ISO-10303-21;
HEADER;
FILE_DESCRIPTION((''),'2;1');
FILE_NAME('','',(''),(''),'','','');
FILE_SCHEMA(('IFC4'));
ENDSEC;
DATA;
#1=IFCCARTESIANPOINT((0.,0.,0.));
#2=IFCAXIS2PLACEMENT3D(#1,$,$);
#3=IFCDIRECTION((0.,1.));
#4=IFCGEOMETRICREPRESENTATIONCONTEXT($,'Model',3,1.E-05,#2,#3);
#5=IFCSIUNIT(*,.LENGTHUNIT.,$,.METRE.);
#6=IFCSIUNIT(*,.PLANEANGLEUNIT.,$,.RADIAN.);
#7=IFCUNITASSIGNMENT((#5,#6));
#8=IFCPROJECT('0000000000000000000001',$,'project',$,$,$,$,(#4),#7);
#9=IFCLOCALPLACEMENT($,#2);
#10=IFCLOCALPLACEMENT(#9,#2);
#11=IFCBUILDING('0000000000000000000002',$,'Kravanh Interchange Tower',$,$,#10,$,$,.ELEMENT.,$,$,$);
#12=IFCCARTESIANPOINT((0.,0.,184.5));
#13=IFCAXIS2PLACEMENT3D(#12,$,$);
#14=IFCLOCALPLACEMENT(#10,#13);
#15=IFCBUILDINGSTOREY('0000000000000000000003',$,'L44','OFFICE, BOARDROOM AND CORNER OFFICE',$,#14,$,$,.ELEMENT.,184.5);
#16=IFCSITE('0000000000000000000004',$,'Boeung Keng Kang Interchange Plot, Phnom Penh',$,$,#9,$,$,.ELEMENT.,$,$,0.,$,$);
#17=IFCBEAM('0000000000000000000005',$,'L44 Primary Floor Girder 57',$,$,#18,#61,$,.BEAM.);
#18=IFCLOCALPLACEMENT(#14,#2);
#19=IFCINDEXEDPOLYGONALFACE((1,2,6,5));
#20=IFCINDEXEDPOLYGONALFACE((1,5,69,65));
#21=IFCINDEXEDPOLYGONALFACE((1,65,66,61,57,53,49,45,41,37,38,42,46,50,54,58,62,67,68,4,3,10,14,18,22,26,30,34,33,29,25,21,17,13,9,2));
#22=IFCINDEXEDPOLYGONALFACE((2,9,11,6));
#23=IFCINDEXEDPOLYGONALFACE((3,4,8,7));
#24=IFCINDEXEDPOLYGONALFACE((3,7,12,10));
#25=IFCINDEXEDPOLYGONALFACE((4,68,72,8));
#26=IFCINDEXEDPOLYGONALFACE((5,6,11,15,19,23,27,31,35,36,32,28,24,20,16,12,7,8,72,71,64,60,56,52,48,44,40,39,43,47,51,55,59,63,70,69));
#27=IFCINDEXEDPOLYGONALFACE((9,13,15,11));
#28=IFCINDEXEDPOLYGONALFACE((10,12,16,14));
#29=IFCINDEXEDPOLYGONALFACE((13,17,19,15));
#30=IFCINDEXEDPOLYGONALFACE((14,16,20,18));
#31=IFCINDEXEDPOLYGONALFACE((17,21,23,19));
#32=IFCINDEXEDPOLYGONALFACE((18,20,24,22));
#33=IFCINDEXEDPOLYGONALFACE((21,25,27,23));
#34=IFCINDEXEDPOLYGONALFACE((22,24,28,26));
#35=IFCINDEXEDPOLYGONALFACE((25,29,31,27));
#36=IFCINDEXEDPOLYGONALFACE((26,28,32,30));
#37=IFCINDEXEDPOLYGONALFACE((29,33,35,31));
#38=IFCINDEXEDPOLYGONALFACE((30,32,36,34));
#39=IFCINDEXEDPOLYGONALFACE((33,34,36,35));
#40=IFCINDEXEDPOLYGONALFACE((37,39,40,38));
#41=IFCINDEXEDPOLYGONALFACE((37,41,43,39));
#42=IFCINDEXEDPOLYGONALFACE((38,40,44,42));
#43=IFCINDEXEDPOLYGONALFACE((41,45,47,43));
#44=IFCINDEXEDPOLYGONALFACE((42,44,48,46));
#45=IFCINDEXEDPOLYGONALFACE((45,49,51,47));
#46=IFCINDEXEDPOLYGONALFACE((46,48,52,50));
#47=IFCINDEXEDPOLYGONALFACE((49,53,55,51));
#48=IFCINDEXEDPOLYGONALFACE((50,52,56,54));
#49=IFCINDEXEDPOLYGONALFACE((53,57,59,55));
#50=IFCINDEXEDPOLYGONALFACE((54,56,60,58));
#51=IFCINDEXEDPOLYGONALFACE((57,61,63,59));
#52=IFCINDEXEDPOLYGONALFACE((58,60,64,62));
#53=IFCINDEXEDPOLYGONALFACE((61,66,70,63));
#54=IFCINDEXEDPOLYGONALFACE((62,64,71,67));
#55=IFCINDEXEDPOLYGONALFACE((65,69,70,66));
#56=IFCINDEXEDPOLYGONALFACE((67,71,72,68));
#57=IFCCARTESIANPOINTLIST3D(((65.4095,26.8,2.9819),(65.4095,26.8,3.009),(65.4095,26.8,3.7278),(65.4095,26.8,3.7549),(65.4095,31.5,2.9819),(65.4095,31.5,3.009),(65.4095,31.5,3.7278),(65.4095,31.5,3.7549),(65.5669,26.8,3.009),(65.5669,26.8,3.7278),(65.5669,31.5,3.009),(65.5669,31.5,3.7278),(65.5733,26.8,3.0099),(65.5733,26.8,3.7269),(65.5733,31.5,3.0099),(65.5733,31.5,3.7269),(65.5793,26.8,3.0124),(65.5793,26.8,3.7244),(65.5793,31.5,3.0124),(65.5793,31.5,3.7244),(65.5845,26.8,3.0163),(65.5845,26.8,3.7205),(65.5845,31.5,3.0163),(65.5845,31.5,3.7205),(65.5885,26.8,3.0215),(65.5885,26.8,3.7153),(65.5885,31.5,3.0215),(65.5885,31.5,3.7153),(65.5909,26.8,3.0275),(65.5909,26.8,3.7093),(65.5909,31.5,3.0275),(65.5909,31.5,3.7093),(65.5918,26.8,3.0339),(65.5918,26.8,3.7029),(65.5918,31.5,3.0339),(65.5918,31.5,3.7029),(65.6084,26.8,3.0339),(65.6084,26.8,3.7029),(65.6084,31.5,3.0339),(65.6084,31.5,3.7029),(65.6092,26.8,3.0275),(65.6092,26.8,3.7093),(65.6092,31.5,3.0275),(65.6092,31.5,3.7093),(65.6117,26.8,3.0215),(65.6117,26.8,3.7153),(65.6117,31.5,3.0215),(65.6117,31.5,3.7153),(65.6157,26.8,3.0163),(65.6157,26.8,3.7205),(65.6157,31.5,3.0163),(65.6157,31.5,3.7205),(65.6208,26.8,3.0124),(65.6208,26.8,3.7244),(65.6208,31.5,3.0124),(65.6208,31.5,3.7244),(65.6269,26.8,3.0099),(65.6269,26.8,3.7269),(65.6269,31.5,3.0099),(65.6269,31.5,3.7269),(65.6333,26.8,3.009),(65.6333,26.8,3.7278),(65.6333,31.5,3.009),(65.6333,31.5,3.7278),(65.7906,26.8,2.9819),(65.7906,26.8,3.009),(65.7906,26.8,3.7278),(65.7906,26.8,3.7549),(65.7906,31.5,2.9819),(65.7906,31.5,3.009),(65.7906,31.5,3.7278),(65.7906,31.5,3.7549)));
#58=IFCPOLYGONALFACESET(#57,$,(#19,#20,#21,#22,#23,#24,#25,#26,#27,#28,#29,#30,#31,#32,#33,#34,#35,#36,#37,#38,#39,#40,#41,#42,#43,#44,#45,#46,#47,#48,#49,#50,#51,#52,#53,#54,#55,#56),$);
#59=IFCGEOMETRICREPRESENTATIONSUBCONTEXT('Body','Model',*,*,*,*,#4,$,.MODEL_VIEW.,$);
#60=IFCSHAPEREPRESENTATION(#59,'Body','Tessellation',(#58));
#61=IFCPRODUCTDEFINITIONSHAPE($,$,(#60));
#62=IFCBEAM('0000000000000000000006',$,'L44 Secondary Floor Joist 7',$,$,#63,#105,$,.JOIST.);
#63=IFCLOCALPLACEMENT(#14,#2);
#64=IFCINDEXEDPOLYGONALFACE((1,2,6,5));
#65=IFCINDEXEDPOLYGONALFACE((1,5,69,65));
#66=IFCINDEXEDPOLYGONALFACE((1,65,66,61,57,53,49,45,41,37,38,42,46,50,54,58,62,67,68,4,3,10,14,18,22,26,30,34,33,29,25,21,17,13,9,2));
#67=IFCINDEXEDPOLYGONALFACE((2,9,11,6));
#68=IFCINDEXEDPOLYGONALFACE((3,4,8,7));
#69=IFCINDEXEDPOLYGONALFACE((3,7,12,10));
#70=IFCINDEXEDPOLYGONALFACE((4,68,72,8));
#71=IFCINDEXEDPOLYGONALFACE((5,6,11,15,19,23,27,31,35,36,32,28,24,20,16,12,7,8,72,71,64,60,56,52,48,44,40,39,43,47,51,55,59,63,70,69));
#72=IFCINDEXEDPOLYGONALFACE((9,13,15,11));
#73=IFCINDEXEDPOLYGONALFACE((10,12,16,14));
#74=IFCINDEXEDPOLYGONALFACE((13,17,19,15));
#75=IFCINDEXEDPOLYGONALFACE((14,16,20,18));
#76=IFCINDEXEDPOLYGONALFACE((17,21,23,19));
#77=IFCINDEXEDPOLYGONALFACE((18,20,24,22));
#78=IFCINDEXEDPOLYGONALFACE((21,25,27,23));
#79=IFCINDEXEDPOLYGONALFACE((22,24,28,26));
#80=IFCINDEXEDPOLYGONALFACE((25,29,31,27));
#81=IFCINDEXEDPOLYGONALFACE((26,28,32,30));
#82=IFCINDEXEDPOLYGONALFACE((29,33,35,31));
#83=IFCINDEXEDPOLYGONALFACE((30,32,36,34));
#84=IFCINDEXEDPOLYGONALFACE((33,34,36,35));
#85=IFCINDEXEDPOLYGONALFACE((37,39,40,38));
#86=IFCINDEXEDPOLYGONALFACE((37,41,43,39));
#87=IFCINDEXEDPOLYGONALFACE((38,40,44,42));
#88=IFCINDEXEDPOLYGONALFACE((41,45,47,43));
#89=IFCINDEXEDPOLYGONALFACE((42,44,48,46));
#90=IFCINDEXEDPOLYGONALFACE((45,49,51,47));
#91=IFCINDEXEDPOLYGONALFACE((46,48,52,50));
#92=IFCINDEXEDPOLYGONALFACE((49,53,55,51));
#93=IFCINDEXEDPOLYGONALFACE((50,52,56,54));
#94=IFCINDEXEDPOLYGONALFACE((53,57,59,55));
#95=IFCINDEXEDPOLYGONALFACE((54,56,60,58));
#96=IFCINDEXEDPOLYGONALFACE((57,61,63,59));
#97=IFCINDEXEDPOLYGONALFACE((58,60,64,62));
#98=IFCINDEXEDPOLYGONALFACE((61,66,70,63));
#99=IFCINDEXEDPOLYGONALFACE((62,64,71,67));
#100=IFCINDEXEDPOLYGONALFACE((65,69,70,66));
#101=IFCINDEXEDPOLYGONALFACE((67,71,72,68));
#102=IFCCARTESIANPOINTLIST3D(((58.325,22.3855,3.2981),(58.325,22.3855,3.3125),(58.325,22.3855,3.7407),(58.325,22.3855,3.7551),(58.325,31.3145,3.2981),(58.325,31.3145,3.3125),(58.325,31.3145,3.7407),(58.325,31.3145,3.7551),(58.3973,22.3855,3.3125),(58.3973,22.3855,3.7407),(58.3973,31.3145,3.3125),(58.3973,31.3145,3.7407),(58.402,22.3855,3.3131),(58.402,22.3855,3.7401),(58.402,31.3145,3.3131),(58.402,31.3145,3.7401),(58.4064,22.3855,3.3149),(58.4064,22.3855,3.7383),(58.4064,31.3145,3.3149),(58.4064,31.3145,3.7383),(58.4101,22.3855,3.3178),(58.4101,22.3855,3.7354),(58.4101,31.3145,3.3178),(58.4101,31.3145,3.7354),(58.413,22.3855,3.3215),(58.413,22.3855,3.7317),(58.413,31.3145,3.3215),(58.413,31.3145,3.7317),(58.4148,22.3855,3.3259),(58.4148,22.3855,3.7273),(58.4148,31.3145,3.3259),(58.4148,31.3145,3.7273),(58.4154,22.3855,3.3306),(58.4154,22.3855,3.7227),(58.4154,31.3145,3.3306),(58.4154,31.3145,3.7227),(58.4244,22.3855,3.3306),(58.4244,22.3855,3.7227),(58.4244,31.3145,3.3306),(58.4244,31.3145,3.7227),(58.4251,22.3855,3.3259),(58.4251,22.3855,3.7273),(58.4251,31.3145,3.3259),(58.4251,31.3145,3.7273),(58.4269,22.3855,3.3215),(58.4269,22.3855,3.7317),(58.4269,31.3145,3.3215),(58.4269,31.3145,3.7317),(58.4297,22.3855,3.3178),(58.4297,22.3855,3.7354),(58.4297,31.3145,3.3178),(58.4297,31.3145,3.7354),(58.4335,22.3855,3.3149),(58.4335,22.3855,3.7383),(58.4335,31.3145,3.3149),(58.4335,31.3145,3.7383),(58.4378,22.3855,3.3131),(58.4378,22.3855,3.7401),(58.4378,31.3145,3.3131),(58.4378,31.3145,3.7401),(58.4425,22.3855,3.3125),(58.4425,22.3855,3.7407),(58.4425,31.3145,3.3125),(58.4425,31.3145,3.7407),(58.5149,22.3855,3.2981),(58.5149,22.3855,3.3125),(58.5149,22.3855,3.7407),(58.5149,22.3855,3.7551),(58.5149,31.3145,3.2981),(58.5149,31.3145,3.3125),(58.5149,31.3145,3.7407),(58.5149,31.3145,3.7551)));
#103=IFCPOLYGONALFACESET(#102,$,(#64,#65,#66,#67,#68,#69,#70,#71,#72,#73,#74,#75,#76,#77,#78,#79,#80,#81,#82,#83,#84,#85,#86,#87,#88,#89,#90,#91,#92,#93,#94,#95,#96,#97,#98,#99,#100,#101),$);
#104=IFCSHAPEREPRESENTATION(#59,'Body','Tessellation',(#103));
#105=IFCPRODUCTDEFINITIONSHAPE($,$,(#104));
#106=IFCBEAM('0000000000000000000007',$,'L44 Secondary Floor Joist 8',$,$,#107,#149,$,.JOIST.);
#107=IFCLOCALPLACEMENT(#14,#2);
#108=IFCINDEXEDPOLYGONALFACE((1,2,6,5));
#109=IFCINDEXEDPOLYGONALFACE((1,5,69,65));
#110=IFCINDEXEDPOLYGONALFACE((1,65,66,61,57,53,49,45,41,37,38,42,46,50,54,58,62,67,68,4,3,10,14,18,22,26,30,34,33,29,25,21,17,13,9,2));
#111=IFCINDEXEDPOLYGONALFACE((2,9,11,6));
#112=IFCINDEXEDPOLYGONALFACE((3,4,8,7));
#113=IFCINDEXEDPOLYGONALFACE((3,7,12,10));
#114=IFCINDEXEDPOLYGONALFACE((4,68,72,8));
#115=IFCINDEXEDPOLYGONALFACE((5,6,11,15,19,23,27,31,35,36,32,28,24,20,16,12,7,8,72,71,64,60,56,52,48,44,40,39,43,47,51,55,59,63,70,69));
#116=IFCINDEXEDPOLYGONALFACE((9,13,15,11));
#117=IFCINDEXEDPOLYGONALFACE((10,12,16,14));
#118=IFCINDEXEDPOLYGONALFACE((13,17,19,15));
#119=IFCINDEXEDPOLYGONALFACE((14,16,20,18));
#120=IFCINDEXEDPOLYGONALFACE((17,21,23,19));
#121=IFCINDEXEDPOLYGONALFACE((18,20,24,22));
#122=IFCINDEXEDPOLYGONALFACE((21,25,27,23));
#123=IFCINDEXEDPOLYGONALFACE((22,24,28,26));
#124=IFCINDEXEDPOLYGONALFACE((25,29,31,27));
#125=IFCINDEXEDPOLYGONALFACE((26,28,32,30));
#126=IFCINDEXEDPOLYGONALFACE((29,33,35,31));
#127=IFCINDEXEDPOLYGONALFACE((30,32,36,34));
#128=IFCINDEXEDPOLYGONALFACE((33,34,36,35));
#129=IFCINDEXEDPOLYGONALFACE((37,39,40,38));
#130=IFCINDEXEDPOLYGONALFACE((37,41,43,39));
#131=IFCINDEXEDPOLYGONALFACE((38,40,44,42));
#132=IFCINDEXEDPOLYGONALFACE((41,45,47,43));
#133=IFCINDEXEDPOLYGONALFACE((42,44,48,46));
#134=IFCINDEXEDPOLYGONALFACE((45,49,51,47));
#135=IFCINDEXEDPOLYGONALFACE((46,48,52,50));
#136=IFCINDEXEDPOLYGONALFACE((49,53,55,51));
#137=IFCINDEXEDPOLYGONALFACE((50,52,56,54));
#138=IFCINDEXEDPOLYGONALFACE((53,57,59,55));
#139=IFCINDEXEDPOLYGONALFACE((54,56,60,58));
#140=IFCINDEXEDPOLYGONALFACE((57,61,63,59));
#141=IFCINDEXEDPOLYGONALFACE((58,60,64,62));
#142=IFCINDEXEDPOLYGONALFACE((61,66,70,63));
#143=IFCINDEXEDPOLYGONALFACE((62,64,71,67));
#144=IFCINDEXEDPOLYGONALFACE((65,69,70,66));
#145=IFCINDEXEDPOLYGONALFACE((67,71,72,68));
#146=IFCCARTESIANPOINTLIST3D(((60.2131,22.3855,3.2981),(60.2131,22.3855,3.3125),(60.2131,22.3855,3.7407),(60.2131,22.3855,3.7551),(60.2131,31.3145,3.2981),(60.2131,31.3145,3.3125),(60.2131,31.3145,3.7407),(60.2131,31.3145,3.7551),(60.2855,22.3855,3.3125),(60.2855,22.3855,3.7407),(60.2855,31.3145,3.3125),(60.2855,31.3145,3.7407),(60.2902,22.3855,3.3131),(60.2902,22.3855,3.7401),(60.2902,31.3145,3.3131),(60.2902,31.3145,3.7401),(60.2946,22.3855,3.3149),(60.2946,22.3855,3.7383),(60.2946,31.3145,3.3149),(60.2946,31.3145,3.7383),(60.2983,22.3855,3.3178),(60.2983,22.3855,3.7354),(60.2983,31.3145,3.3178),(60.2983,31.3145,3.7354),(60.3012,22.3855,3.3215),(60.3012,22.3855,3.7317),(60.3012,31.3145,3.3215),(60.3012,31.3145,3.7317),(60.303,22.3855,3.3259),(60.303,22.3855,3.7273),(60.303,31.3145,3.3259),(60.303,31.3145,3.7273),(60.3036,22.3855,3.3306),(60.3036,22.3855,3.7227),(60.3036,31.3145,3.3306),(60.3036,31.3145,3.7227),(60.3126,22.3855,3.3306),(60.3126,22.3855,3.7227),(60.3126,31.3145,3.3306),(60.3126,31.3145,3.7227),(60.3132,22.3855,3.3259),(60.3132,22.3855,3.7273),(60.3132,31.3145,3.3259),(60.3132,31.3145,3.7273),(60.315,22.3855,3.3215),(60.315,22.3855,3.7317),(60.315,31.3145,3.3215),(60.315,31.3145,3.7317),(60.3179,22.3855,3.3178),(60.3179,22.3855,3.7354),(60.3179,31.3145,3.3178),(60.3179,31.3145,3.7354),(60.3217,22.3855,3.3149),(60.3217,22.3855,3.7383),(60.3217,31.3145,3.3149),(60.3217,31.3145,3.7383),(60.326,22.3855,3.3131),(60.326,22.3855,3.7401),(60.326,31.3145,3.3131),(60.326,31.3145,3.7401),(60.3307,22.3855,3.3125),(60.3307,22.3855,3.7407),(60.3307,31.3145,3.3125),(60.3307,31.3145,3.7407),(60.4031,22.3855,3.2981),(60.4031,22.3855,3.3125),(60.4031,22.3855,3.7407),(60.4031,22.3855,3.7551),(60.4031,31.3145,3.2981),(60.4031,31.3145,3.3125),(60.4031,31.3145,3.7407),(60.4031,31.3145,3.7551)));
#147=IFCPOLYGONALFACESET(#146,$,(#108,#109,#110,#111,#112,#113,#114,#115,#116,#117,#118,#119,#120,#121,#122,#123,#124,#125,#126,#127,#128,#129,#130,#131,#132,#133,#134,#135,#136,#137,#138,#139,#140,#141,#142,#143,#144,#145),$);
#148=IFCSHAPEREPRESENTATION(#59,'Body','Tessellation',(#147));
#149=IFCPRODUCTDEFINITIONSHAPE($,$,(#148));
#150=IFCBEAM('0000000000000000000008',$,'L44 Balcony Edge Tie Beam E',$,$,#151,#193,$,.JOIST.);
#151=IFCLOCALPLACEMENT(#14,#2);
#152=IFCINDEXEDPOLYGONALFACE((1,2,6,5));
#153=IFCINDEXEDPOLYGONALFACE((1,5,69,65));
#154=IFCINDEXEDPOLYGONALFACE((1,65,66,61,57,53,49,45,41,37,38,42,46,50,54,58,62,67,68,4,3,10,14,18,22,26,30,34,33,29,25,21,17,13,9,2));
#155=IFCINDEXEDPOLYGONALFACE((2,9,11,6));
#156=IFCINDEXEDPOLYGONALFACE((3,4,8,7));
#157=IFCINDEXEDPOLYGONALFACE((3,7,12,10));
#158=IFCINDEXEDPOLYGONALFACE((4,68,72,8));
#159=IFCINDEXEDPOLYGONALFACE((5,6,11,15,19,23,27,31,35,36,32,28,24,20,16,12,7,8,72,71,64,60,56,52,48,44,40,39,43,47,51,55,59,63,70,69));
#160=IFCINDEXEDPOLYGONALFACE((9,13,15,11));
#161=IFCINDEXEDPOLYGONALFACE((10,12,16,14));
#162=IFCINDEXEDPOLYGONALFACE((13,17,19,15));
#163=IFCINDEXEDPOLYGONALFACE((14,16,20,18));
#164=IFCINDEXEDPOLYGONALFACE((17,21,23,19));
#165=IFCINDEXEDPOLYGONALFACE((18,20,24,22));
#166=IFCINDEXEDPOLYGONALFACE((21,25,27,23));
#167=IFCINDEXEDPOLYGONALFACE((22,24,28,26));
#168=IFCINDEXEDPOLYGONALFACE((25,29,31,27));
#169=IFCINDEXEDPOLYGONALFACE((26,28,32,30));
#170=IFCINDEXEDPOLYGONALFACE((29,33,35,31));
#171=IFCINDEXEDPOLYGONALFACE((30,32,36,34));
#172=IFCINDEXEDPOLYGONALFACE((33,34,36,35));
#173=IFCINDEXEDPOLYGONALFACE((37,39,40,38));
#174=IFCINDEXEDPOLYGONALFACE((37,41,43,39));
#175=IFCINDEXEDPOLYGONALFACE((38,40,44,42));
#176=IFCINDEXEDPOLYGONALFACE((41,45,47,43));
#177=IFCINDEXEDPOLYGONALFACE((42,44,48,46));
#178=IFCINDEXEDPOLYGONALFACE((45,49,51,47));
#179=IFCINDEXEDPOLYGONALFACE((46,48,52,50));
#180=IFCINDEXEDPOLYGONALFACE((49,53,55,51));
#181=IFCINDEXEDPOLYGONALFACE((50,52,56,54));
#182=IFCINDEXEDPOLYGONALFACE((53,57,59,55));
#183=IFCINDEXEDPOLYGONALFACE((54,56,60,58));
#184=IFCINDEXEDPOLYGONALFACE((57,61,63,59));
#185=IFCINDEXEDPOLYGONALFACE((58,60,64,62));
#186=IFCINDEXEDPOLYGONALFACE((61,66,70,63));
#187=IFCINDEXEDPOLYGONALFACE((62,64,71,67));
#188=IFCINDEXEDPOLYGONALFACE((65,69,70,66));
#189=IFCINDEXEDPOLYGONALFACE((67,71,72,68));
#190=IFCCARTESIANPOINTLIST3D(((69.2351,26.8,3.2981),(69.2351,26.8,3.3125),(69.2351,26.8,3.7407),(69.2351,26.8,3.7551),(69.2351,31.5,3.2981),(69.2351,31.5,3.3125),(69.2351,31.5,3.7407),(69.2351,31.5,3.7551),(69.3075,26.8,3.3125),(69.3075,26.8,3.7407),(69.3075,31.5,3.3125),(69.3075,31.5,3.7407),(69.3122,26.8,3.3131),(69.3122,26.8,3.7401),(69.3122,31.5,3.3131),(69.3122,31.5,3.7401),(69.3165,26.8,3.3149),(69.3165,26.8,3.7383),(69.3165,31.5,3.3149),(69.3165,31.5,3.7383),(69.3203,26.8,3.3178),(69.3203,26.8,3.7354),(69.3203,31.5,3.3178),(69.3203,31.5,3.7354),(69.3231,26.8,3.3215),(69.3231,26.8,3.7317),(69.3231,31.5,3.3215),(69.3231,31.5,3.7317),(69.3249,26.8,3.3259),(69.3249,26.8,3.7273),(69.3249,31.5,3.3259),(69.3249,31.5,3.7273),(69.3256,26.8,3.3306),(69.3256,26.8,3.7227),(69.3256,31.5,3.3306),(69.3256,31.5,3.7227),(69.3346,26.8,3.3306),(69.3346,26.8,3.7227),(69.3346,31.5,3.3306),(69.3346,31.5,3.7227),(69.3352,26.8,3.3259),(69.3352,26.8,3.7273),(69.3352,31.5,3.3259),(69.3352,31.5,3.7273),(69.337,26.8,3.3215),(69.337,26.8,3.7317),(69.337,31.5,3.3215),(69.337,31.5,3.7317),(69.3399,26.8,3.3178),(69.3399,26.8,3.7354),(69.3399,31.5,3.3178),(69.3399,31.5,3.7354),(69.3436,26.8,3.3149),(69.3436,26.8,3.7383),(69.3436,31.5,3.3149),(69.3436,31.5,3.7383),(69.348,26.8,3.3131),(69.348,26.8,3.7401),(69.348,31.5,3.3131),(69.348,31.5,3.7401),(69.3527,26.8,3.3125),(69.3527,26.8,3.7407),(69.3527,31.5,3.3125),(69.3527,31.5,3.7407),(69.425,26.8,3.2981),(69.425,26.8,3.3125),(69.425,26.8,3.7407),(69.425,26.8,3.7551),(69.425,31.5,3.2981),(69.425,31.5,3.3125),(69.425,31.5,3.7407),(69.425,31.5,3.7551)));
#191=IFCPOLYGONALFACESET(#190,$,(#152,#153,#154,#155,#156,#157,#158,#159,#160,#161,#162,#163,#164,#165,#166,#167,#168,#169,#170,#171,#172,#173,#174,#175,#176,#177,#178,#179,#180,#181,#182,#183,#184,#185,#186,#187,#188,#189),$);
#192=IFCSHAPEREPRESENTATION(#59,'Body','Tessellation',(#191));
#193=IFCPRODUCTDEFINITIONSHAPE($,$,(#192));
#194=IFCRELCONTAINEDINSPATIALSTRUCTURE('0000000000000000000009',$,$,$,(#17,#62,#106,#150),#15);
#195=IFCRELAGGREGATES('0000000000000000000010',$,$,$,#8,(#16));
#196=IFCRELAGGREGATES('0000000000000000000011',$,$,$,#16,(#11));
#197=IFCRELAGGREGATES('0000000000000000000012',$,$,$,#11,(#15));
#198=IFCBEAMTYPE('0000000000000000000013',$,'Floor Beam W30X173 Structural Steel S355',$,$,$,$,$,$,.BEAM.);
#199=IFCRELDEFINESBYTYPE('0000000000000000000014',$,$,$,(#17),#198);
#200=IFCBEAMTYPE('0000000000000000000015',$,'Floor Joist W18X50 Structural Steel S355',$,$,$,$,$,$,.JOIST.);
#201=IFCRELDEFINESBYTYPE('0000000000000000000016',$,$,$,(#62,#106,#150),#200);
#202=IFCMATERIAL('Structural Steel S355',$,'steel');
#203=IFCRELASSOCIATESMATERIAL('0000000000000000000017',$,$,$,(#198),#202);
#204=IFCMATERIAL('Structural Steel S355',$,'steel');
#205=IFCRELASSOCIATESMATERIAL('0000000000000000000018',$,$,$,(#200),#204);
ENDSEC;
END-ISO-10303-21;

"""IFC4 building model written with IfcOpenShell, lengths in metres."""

from ifc_helpers import new_model, si_unit, direction, frame, origin, origin_2d, place, context, subcontext, project, spatial, i_section, extrude, material, material_profile, profile_set, type_object, element, save


model = new_model("IFC4")

# Units and contexts
model_context = context("Model", 3, precision=1e-05, world=origin(), true_north=direction((0.0, 1.0)))
body_context = subcontext(model_context, "Body", "Model", "MODEL_VIEW")
ifc_project = project(units=[si_unit("LENGTHUNIT", "METRE"), si_unit("PLANEANGLEUNIT", "RADIAN")], contexts=[model_context])

# Site, building, storey
site_placement = place(None, origin())
site = spatial("IfcSite", under=ifc_project, at=site_placement, Name="Boeung Keng Kang Interchange Plot, Phnom Penh", CompositionType="ELEMENT", RefElevation=0.0)
building_placement = place(site_placement, origin())
building = spatial("IfcBuilding", under=site, at=building_placement, Name="Kravanh Interchange Tower", CompositionType="ELEMENT")
storey_placement = place(building_placement, frame((0.0, 0.0, 184.5)))
storey = spatial("IfcBuildingStorey", under=building, at=storey_placement, Name="L44", Description="OFFICE, BOARDROOM AND CORNER OFFICE", CompositionType="ELEMENT", Elevation=184.5)

# Beams
ifc_material_1 = material(Name="Structural Steel S355", Category="steel")
ifc_material_profile_1 = material_profile(ifc_material_1, i_section(OverallWidth=0.3811, OverallDepth=0.7729, WebThickness=0.0166, FlangeThickness=0.0271, FilletRadius=0.0249, at=origin_2d()), Name="W30X173")
ifc_profile_set_1 = profile_set([ifc_material_profile_1], Name="Structural Steel S355")
beam_type_1 = type_object("IfcBeamType", Name="Floor Beam W30X173 Structural Steel S355", PredefinedType="BEAM", material=ifc_profile_set_1)
for number, where, z_axis, x_axis, name in (
    (1, (65.6001, 26.8, 3.3684), (0.0, 1.0, 0.0), (-1.0, 0.0, 0.0), "L44 Primary Floor Girder 57"),
):
    element("IfcBeam", number, at=place(storey_placement, frame(where, z_axis=z_axis, x_axis=x_axis)), inside=storey, type_object=beam_type_1, Name=name, PredefinedType="BEAM", context=body_context, shape_type="SweptSolid", body=[
        extrude(i_section(OverallWidth=0.3811, OverallDepth=0.7729, WebThickness=0.0166, FlangeThickness=0.0271, FilletRadius=0.0249, at=origin_2d()), origin(), (0.0, 0.0, 1.0), 4.7),
    ])
ifc_material_2 = material(Name="Structural Steel S355", Category="steel")
ifc_material_profile_2 = material_profile(ifc_material_2, i_section(OverallWidth=0.1899, OverallDepth=0.457, WebThickness=0.009, FlangeThickness=0.0144, FilletRadius=0.0181, at=origin_2d()), Name="W18X50")
ifc_profile_set_2 = profile_set([ifc_material_profile_2], Name="Structural Steel S355")
beam_type_2 = type_object("IfcBeamType", Name="Floor Joist W18X50 Structural Steel S355", PredefinedType="JOIST", material=ifc_profile_set_2)
for number, where, z_axis, x_axis, name in (
    (2, (58.4199, 22.3855, 3.5266), (0.0, 1.0, 0.0), (-1.0, 0.0, 0.0), "L44 Secondary Floor Joist 7"),
    (3, (60.3081, 22.3855, 3.5266), (0.0, 1.0, 0.0), (-1.0, 0.0, 0.0), "L44 Secondary Floor Joist 8"),
):
    element("IfcBeam", number, at=place(storey_placement, frame(where, z_axis=z_axis, x_axis=x_axis)), inside=storey, type_object=beam_type_2, Name=name, PredefinedType="JOIST", context=body_context, shape_type="SweptSolid", body=[
        extrude(i_section(OverallWidth=0.1899, OverallDepth=0.457, WebThickness=0.009, FlangeThickness=0.0144, FilletRadius=0.0181, at=origin_2d()), origin(), (0.0, 0.0, 1.0), 8.929),
    ])
beam_1_placement = place(storey_placement, frame((69.3301, 26.8, 3.5266), z_axis=(0.0, 1.0, 0.0), x_axis=(-1.0, 0.0, 0.0)))
element("IfcBeam", 4, at=beam_1_placement, inside=storey, type_object=beam_type_2, Name="L44 Balcony Edge Tie Beam E", PredefinedType="JOIST", context=body_context, shape_type="SweptSolid", body=[
    extrude(i_section(OverallWidth=0.1899, OverallDepth=0.457, WebThickness=0.009, FlangeThickness=0.0144, FilletRadius=0.0181, at=origin_2d()), origin(), (0.0, 0.0, 1.0), 4.7),
])

save(model, "model.ifc")
